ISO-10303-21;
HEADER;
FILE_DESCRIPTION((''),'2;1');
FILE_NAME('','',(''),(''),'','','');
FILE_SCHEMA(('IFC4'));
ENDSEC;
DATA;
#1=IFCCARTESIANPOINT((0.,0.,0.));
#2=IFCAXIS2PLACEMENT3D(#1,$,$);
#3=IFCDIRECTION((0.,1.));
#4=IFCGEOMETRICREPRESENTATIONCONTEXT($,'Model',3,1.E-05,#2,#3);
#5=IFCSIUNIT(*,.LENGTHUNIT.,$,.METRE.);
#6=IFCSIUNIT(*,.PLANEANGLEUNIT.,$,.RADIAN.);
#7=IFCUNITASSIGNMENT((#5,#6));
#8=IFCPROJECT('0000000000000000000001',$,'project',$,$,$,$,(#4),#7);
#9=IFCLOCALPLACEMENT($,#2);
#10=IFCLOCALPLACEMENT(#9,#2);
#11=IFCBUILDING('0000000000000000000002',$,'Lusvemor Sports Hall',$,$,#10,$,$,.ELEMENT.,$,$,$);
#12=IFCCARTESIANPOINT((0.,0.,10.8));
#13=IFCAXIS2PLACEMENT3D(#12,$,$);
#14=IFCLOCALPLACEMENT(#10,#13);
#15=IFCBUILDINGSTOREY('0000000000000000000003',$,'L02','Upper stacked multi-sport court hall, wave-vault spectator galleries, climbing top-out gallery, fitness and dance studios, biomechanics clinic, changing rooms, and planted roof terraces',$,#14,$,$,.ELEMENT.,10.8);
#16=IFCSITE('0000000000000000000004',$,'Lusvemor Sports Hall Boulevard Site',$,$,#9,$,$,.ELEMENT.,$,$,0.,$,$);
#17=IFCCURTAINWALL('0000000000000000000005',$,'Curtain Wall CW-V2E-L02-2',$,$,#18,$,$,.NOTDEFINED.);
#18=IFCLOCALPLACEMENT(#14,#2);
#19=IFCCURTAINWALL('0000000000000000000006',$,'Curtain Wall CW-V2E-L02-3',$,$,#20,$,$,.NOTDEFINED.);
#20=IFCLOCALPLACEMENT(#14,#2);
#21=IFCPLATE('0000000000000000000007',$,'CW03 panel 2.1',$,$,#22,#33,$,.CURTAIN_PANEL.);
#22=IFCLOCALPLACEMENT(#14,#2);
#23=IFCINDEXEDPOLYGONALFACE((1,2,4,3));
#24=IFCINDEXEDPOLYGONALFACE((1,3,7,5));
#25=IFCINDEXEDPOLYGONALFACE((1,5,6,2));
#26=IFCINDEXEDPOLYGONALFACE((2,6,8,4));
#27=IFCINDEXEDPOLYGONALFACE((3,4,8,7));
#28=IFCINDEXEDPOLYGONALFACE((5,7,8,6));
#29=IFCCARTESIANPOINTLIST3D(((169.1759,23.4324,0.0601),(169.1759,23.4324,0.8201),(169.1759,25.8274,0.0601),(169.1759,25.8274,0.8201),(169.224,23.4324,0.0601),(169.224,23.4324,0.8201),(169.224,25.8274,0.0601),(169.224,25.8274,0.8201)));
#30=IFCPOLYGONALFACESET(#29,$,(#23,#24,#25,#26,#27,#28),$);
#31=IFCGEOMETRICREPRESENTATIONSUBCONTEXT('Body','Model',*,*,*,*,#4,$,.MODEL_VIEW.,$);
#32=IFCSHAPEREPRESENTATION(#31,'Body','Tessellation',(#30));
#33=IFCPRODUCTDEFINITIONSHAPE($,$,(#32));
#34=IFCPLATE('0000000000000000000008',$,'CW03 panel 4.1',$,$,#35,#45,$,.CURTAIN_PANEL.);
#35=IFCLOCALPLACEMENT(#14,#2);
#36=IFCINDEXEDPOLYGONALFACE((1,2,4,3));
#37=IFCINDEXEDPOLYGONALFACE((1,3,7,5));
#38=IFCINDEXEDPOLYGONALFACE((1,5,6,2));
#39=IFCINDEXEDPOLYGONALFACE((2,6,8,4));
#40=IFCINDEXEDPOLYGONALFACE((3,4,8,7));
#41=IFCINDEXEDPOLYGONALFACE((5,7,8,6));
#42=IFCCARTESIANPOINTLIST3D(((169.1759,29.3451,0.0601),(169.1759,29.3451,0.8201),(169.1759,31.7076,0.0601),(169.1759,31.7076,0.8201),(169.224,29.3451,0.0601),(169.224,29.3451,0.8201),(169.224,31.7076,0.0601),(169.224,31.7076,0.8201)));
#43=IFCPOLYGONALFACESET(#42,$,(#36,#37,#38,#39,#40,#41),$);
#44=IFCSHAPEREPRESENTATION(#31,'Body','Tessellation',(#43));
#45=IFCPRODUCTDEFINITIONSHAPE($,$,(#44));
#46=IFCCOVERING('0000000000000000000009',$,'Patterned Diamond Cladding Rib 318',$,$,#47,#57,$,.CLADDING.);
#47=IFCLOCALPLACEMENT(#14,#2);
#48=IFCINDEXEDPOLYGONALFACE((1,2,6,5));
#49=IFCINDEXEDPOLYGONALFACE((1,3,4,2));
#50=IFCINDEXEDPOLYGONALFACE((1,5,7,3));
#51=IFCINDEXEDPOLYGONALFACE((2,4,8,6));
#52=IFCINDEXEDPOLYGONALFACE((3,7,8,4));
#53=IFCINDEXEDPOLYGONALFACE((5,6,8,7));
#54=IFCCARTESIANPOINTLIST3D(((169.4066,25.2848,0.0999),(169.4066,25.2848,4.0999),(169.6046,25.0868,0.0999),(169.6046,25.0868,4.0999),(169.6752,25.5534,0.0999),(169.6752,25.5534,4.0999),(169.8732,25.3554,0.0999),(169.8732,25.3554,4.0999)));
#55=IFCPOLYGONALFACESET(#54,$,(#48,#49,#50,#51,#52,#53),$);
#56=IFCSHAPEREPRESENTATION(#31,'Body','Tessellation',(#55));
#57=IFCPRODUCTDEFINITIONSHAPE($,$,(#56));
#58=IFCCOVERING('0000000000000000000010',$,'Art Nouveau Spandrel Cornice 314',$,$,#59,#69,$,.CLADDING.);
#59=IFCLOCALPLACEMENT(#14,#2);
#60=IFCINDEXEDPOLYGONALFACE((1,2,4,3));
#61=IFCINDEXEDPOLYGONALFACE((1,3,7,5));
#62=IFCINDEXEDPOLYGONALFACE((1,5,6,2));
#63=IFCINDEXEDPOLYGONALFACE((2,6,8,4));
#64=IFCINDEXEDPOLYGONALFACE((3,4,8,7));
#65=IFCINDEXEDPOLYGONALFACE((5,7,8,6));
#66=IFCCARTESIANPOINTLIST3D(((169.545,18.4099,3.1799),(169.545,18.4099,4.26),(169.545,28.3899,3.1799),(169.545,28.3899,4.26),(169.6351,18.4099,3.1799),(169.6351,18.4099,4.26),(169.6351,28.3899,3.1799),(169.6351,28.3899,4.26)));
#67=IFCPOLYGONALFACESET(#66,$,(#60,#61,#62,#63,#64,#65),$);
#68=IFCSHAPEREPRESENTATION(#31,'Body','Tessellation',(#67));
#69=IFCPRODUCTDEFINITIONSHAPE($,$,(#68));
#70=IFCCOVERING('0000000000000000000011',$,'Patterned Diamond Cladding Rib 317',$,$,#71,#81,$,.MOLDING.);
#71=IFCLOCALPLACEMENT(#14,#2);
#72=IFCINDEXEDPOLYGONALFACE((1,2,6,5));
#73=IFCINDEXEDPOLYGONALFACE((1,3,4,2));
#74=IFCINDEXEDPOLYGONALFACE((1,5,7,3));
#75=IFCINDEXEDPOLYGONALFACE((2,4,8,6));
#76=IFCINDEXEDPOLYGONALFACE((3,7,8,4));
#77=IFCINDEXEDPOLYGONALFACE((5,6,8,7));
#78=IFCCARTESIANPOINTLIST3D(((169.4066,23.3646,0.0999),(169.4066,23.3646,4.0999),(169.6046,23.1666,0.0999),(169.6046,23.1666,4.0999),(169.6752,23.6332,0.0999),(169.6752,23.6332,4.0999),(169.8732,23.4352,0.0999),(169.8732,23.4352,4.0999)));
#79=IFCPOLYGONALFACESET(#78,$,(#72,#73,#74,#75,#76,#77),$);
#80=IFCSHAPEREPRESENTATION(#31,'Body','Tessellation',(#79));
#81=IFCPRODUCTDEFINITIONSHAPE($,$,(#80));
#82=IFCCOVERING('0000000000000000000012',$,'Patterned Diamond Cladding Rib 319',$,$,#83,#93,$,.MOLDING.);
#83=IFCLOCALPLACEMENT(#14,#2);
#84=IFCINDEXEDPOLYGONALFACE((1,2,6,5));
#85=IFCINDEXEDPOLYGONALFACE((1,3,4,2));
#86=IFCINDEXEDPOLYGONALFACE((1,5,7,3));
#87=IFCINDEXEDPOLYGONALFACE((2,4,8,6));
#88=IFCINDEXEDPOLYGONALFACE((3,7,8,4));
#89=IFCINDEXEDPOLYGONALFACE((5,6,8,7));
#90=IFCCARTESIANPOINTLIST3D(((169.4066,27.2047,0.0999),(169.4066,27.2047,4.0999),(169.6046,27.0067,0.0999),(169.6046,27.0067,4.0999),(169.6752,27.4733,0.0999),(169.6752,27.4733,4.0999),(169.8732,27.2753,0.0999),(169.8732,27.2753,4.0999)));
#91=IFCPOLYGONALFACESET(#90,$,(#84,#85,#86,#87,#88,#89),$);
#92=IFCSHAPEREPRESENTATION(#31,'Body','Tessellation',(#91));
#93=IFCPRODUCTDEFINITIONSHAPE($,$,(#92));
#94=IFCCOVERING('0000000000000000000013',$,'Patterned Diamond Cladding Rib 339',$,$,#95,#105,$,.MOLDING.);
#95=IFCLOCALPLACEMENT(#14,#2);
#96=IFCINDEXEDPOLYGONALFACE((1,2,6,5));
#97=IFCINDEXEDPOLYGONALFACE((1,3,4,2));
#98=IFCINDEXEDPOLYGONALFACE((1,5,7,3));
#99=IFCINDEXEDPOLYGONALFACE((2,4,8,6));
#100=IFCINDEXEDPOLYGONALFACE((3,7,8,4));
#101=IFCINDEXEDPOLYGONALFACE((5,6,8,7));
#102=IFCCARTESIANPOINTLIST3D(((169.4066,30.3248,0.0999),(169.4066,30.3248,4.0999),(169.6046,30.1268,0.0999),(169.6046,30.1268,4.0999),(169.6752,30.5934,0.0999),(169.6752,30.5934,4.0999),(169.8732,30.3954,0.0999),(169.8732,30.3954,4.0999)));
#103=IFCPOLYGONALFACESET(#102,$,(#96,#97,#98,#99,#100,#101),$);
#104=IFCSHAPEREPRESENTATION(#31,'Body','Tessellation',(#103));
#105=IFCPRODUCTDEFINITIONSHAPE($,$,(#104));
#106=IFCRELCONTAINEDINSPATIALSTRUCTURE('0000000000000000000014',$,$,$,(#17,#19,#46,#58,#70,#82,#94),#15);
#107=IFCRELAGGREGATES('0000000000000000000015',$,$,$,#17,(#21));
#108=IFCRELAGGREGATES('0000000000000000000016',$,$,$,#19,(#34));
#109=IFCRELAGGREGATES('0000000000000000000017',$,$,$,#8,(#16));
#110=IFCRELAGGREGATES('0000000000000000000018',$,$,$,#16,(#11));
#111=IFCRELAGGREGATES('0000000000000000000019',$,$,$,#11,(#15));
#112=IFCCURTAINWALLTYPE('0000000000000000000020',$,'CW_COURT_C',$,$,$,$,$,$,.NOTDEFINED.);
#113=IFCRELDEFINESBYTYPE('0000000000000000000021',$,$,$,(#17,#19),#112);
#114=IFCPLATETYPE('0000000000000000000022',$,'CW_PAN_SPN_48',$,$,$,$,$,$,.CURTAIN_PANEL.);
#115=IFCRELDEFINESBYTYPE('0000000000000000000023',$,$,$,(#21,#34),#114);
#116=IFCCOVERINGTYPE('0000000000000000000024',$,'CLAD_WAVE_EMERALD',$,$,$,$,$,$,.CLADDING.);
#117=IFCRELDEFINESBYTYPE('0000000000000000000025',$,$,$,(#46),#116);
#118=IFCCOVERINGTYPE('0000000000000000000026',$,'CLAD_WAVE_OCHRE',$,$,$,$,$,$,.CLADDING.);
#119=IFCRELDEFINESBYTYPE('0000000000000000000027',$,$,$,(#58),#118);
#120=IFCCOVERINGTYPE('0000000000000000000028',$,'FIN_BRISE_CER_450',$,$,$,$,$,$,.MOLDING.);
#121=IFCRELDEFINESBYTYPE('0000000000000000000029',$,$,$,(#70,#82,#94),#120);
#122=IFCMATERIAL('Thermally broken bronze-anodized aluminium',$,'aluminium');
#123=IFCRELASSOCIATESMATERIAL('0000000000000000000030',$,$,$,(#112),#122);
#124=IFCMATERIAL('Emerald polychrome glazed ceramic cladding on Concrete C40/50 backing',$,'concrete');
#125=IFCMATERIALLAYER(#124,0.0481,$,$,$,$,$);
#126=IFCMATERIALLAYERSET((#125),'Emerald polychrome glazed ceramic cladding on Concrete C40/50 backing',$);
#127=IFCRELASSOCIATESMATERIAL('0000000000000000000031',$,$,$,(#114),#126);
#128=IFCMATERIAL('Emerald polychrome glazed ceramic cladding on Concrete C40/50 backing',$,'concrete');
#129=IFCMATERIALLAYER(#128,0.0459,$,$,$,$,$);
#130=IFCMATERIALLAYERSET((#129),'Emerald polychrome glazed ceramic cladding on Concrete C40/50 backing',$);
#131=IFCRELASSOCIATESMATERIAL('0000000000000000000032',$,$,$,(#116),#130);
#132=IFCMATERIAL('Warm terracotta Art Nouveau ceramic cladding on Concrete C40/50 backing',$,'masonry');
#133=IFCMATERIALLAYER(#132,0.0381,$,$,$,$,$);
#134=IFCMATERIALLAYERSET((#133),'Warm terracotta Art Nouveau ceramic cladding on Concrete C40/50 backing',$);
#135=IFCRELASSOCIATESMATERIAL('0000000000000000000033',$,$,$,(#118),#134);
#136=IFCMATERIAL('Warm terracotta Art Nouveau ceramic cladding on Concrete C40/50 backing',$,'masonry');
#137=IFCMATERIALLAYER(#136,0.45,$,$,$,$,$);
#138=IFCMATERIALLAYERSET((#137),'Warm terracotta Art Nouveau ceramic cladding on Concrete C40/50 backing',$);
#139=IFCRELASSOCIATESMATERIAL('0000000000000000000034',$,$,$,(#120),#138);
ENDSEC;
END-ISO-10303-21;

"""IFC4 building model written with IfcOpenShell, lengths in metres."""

from ifc_helpers import new_model, si_unit, direction, frame, origin, origin_2d, place, context, subcontext, project, spatial, rectangle, extrude, material, layer, layer_set, type_object, element, aggregate, save


model = new_model("IFC4")

# Units and contexts
model_context = context("Model", 3, precision=1e-05, world=origin(), true_north=direction((0.0, 1.0)))
body_context = subcontext(model_context, "Body", "Model", "MODEL_VIEW")
ifc_project = project(units=[si_unit("LENGTHUNIT", "METRE"), si_unit("PLANEANGLEUNIT", "RADIAN")], contexts=[model_context])

# Site, building, storey
site_placement = place(None, origin())
site = spatial("IfcSite", under=ifc_project, at=site_placement, Name="Lusvemor Sports Hall Boulevard Site", CompositionType="ELEMENT", RefElevation=0.0)
building_placement = place(site_placement, origin())
building = spatial("IfcBuilding", under=site, at=building_placement, Name="Lusvemor Sports Hall", CompositionType="ELEMENT")
storey_placement = place(building_placement, frame((0.0, 0.0, 10.8)))
storey = spatial("IfcBuildingStorey", under=building, at=storey_placement, Name="L02", Description="Upper stacked multi-sport court hall, wave-vault spectator galleries, climbing top-out gallery, fitness and dance studios, biomechanics clinic, changing rooms, and planted roof terraces", CompositionType="ELEMENT", Elevation=10.8)

# Curtain wall
ifc_material_1 = material(Name="Thermally broken bronze-anodized aluminium", Category="aluminium")
curtain_wall_type = type_object("IfcCurtainWallType", Name="CW_COURT_C", PredefinedType="NOTDEFINED", material=ifc_material_1)
curtain_wall_1_placement = place(storey_placement, origin())
curtain_wall_1 = element("IfcCurtainWall", 1, at=curtain_wall_1_placement, inside=storey, type_object=curtain_wall_type, Name="Curtain Wall CW-V2E-L02-2", PredefinedType="NOTDEFINED")

# Curtain wall
curtain_wall_2_placement = place(storey_placement, origin())
curtain_wall_2 = element("IfcCurtainWall", 2, at=curtain_wall_2_placement, inside=storey, type_object=curtain_wall_type, Name="Curtain Wall CW-V2E-L02-3", PredefinedType="NOTDEFINED")

# Plates
ifc_material_2 = material(Name="Emerald polychrome glazed ceramic cladding on Concrete C40/50 backing", Category="concrete")
ifc_layer_1 = layer(ifc_material_2, 0.0481)
ifc_layer_set_1 = layer_set([ifc_layer_1], Name="Emerald polychrome glazed ceramic cladding on Concrete C40/50 backing")
plate_type_1 = type_object("IfcPlateType", Name="CW_PAN_SPN_48", PredefinedType="CURTAIN_PANEL", material=ifc_layer_set_1)
plate_1_placement = place(storey_placement, frame((169.2, 24.6299, 0.0601), z_axis=(0.0, 0.0, 1.0), x_axis=(0.0, -1.0, 0.0)))
plate_1 = element("IfcPlate", 3, at=plate_1_placement, type_object=plate_type_1, Name="CW03 panel 2.1", PredefinedType="CURTAIN_PANEL", context=body_context, shape_type="SweptSolid", body=[
    extrude(rectangle(XDim=2.395, YDim=0.0481, at=origin_2d()), origin(), (0.0, 0.0, 1.0), 0.76),
])
aggregate(curtain_wall_1, [plate_1])
plate_2_placement = place(storey_placement, frame((169.2, 30.5264, 0.0601), z_axis=(0.0, 0.0, 1.0), x_axis=(0.0, -1.0, 0.0)))
plate_2 = element("IfcPlate", 4, at=plate_2_placement, type_object=plate_type_1, Name="CW03 panel 4.1", PredefinedType="CURTAIN_PANEL", context=body_context, shape_type="SweptSolid", body=[
    extrude(rectangle(XDim=2.3625, YDim=0.0481, at=origin_2d()), origin(), (0.0, 0.0, 1.0), 0.76),
])
aggregate(curtain_wall_2, [plate_2])

# Coverings
ifc_material_3 = material(Name="Emerald polychrome glazed ceramic cladding on Concrete C40/50 backing", Category="concrete")
ifc_layer_2 = layer(ifc_material_3, 0.0459)
ifc_layer_set_2 = layer_set([ifc_layer_2], Name="Emerald polychrome glazed ceramic cladding on Concrete C40/50 backing")
covering_type_1 = type_object("IfcCoveringType", Name="CLAD_WAVE_EMERALD", PredefinedType="CLADDING", material=ifc_layer_set_2)
covering_1_placement = place(storey_placement, frame((169.6399, 25.3201, 0.0999), z_axis=(0.0, 0.0, 1.0), x_axis=(0.707107, 0.707107, 0.0)))
element("IfcCovering", 5, at=covering_1_placement, inside=storey, type_object=covering_type_1, Name="Patterned Diamond Cladding Rib 318", PredefinedType="CLADDING", context=body_context, shape_type="SweptSolid", body=[
    extrude(rectangle(XDim=0.3799, YDim=0.28, at=origin_2d()), origin(), (0.0, 0.0, 1.0), 4.0),
])
ifc_material_4 = material(Name="Warm terracotta Art Nouveau ceramic cladding on Concrete C40/50 backing", Category="masonry")
ifc_layer_3 = layer(ifc_material_4, 0.0381)
ifc_layer_set_3 = layer_set([ifc_layer_3], Name="Warm terracotta Art Nouveau ceramic cladding on Concrete C40/50 backing")
covering_type_2 = type_object("IfcCoveringType", Name="CLAD_WAVE_OCHRE", PredefinedType="CLADDING", material=ifc_layer_set_3)
covering_2_placement = place(storey_placement, frame((169.5901, 23.3999, 3.1799), z_axis=(0.0, 0.0, 1.0), x_axis=(1.0, 0.0, 0.0)))
element("IfcCovering", 6, at=covering_2_placement, inside=storey, type_object=covering_type_2, Name="Art Nouveau Spandrel Cornice 314", PredefinedType="CLADDING", context=body_context, shape_type="SweptSolid", body=[
    extrude(rectangle(XDim=0.0901, YDim=9.98, at=origin_2d()), origin(), (0.0, 0.0, 1.0), 1.0801),
])
ifc_material_5 = material(Name="Warm terracotta Art Nouveau ceramic cladding on Concrete C40/50 backing", Category="masonry")
ifc_layer_4 = layer(ifc_material_5, 0.45)
ifc_layer_set_4 = layer_set([ifc_layer_4], Name="Warm terracotta Art Nouveau ceramic cladding on Concrete C40/50 backing")
covering_type_3 = type_object("IfcCoveringType", Name="FIN_BRISE_CER_450", PredefinedType="MOLDING", material=ifc_layer_set_4)
for number, where, z_axis, x_axis, name in (
    (7, (169.6399, 23.3999, 0.0999), (0.0, 0.0, 1.0), (0.707107, 0.707107, 0.0), "Patterned Diamond Cladding Rib 317"),
    (8, (169.6399, 27.24, 0.0999), (0.0, 0.0, 1.0), (0.707107, 0.707107, 0.0), "Patterned Diamond Cladding Rib 319"),
    (9, (169.6399, 30.3601, 0.0999), (0.0, 0.0, 1.0), (0.707107, 0.707107, 0.0), "Patterned Diamond Cladding Rib 339"),
):
    element("IfcCovering", number, at=place(storey_placement, frame(where, z_axis=z_axis, x_axis=x_axis)), inside=storey, type_object=covering_type_3, Name=name, PredefinedType="MOLDING", context=body_context, shape_type="SweptSolid", body=[
        extrude(rectangle(XDim=0.3799, YDim=0.28, at=origin_2d()), origin(), (0.0, 0.0, 1.0), 4.0),
    ])

save(model, "model.ifc")
